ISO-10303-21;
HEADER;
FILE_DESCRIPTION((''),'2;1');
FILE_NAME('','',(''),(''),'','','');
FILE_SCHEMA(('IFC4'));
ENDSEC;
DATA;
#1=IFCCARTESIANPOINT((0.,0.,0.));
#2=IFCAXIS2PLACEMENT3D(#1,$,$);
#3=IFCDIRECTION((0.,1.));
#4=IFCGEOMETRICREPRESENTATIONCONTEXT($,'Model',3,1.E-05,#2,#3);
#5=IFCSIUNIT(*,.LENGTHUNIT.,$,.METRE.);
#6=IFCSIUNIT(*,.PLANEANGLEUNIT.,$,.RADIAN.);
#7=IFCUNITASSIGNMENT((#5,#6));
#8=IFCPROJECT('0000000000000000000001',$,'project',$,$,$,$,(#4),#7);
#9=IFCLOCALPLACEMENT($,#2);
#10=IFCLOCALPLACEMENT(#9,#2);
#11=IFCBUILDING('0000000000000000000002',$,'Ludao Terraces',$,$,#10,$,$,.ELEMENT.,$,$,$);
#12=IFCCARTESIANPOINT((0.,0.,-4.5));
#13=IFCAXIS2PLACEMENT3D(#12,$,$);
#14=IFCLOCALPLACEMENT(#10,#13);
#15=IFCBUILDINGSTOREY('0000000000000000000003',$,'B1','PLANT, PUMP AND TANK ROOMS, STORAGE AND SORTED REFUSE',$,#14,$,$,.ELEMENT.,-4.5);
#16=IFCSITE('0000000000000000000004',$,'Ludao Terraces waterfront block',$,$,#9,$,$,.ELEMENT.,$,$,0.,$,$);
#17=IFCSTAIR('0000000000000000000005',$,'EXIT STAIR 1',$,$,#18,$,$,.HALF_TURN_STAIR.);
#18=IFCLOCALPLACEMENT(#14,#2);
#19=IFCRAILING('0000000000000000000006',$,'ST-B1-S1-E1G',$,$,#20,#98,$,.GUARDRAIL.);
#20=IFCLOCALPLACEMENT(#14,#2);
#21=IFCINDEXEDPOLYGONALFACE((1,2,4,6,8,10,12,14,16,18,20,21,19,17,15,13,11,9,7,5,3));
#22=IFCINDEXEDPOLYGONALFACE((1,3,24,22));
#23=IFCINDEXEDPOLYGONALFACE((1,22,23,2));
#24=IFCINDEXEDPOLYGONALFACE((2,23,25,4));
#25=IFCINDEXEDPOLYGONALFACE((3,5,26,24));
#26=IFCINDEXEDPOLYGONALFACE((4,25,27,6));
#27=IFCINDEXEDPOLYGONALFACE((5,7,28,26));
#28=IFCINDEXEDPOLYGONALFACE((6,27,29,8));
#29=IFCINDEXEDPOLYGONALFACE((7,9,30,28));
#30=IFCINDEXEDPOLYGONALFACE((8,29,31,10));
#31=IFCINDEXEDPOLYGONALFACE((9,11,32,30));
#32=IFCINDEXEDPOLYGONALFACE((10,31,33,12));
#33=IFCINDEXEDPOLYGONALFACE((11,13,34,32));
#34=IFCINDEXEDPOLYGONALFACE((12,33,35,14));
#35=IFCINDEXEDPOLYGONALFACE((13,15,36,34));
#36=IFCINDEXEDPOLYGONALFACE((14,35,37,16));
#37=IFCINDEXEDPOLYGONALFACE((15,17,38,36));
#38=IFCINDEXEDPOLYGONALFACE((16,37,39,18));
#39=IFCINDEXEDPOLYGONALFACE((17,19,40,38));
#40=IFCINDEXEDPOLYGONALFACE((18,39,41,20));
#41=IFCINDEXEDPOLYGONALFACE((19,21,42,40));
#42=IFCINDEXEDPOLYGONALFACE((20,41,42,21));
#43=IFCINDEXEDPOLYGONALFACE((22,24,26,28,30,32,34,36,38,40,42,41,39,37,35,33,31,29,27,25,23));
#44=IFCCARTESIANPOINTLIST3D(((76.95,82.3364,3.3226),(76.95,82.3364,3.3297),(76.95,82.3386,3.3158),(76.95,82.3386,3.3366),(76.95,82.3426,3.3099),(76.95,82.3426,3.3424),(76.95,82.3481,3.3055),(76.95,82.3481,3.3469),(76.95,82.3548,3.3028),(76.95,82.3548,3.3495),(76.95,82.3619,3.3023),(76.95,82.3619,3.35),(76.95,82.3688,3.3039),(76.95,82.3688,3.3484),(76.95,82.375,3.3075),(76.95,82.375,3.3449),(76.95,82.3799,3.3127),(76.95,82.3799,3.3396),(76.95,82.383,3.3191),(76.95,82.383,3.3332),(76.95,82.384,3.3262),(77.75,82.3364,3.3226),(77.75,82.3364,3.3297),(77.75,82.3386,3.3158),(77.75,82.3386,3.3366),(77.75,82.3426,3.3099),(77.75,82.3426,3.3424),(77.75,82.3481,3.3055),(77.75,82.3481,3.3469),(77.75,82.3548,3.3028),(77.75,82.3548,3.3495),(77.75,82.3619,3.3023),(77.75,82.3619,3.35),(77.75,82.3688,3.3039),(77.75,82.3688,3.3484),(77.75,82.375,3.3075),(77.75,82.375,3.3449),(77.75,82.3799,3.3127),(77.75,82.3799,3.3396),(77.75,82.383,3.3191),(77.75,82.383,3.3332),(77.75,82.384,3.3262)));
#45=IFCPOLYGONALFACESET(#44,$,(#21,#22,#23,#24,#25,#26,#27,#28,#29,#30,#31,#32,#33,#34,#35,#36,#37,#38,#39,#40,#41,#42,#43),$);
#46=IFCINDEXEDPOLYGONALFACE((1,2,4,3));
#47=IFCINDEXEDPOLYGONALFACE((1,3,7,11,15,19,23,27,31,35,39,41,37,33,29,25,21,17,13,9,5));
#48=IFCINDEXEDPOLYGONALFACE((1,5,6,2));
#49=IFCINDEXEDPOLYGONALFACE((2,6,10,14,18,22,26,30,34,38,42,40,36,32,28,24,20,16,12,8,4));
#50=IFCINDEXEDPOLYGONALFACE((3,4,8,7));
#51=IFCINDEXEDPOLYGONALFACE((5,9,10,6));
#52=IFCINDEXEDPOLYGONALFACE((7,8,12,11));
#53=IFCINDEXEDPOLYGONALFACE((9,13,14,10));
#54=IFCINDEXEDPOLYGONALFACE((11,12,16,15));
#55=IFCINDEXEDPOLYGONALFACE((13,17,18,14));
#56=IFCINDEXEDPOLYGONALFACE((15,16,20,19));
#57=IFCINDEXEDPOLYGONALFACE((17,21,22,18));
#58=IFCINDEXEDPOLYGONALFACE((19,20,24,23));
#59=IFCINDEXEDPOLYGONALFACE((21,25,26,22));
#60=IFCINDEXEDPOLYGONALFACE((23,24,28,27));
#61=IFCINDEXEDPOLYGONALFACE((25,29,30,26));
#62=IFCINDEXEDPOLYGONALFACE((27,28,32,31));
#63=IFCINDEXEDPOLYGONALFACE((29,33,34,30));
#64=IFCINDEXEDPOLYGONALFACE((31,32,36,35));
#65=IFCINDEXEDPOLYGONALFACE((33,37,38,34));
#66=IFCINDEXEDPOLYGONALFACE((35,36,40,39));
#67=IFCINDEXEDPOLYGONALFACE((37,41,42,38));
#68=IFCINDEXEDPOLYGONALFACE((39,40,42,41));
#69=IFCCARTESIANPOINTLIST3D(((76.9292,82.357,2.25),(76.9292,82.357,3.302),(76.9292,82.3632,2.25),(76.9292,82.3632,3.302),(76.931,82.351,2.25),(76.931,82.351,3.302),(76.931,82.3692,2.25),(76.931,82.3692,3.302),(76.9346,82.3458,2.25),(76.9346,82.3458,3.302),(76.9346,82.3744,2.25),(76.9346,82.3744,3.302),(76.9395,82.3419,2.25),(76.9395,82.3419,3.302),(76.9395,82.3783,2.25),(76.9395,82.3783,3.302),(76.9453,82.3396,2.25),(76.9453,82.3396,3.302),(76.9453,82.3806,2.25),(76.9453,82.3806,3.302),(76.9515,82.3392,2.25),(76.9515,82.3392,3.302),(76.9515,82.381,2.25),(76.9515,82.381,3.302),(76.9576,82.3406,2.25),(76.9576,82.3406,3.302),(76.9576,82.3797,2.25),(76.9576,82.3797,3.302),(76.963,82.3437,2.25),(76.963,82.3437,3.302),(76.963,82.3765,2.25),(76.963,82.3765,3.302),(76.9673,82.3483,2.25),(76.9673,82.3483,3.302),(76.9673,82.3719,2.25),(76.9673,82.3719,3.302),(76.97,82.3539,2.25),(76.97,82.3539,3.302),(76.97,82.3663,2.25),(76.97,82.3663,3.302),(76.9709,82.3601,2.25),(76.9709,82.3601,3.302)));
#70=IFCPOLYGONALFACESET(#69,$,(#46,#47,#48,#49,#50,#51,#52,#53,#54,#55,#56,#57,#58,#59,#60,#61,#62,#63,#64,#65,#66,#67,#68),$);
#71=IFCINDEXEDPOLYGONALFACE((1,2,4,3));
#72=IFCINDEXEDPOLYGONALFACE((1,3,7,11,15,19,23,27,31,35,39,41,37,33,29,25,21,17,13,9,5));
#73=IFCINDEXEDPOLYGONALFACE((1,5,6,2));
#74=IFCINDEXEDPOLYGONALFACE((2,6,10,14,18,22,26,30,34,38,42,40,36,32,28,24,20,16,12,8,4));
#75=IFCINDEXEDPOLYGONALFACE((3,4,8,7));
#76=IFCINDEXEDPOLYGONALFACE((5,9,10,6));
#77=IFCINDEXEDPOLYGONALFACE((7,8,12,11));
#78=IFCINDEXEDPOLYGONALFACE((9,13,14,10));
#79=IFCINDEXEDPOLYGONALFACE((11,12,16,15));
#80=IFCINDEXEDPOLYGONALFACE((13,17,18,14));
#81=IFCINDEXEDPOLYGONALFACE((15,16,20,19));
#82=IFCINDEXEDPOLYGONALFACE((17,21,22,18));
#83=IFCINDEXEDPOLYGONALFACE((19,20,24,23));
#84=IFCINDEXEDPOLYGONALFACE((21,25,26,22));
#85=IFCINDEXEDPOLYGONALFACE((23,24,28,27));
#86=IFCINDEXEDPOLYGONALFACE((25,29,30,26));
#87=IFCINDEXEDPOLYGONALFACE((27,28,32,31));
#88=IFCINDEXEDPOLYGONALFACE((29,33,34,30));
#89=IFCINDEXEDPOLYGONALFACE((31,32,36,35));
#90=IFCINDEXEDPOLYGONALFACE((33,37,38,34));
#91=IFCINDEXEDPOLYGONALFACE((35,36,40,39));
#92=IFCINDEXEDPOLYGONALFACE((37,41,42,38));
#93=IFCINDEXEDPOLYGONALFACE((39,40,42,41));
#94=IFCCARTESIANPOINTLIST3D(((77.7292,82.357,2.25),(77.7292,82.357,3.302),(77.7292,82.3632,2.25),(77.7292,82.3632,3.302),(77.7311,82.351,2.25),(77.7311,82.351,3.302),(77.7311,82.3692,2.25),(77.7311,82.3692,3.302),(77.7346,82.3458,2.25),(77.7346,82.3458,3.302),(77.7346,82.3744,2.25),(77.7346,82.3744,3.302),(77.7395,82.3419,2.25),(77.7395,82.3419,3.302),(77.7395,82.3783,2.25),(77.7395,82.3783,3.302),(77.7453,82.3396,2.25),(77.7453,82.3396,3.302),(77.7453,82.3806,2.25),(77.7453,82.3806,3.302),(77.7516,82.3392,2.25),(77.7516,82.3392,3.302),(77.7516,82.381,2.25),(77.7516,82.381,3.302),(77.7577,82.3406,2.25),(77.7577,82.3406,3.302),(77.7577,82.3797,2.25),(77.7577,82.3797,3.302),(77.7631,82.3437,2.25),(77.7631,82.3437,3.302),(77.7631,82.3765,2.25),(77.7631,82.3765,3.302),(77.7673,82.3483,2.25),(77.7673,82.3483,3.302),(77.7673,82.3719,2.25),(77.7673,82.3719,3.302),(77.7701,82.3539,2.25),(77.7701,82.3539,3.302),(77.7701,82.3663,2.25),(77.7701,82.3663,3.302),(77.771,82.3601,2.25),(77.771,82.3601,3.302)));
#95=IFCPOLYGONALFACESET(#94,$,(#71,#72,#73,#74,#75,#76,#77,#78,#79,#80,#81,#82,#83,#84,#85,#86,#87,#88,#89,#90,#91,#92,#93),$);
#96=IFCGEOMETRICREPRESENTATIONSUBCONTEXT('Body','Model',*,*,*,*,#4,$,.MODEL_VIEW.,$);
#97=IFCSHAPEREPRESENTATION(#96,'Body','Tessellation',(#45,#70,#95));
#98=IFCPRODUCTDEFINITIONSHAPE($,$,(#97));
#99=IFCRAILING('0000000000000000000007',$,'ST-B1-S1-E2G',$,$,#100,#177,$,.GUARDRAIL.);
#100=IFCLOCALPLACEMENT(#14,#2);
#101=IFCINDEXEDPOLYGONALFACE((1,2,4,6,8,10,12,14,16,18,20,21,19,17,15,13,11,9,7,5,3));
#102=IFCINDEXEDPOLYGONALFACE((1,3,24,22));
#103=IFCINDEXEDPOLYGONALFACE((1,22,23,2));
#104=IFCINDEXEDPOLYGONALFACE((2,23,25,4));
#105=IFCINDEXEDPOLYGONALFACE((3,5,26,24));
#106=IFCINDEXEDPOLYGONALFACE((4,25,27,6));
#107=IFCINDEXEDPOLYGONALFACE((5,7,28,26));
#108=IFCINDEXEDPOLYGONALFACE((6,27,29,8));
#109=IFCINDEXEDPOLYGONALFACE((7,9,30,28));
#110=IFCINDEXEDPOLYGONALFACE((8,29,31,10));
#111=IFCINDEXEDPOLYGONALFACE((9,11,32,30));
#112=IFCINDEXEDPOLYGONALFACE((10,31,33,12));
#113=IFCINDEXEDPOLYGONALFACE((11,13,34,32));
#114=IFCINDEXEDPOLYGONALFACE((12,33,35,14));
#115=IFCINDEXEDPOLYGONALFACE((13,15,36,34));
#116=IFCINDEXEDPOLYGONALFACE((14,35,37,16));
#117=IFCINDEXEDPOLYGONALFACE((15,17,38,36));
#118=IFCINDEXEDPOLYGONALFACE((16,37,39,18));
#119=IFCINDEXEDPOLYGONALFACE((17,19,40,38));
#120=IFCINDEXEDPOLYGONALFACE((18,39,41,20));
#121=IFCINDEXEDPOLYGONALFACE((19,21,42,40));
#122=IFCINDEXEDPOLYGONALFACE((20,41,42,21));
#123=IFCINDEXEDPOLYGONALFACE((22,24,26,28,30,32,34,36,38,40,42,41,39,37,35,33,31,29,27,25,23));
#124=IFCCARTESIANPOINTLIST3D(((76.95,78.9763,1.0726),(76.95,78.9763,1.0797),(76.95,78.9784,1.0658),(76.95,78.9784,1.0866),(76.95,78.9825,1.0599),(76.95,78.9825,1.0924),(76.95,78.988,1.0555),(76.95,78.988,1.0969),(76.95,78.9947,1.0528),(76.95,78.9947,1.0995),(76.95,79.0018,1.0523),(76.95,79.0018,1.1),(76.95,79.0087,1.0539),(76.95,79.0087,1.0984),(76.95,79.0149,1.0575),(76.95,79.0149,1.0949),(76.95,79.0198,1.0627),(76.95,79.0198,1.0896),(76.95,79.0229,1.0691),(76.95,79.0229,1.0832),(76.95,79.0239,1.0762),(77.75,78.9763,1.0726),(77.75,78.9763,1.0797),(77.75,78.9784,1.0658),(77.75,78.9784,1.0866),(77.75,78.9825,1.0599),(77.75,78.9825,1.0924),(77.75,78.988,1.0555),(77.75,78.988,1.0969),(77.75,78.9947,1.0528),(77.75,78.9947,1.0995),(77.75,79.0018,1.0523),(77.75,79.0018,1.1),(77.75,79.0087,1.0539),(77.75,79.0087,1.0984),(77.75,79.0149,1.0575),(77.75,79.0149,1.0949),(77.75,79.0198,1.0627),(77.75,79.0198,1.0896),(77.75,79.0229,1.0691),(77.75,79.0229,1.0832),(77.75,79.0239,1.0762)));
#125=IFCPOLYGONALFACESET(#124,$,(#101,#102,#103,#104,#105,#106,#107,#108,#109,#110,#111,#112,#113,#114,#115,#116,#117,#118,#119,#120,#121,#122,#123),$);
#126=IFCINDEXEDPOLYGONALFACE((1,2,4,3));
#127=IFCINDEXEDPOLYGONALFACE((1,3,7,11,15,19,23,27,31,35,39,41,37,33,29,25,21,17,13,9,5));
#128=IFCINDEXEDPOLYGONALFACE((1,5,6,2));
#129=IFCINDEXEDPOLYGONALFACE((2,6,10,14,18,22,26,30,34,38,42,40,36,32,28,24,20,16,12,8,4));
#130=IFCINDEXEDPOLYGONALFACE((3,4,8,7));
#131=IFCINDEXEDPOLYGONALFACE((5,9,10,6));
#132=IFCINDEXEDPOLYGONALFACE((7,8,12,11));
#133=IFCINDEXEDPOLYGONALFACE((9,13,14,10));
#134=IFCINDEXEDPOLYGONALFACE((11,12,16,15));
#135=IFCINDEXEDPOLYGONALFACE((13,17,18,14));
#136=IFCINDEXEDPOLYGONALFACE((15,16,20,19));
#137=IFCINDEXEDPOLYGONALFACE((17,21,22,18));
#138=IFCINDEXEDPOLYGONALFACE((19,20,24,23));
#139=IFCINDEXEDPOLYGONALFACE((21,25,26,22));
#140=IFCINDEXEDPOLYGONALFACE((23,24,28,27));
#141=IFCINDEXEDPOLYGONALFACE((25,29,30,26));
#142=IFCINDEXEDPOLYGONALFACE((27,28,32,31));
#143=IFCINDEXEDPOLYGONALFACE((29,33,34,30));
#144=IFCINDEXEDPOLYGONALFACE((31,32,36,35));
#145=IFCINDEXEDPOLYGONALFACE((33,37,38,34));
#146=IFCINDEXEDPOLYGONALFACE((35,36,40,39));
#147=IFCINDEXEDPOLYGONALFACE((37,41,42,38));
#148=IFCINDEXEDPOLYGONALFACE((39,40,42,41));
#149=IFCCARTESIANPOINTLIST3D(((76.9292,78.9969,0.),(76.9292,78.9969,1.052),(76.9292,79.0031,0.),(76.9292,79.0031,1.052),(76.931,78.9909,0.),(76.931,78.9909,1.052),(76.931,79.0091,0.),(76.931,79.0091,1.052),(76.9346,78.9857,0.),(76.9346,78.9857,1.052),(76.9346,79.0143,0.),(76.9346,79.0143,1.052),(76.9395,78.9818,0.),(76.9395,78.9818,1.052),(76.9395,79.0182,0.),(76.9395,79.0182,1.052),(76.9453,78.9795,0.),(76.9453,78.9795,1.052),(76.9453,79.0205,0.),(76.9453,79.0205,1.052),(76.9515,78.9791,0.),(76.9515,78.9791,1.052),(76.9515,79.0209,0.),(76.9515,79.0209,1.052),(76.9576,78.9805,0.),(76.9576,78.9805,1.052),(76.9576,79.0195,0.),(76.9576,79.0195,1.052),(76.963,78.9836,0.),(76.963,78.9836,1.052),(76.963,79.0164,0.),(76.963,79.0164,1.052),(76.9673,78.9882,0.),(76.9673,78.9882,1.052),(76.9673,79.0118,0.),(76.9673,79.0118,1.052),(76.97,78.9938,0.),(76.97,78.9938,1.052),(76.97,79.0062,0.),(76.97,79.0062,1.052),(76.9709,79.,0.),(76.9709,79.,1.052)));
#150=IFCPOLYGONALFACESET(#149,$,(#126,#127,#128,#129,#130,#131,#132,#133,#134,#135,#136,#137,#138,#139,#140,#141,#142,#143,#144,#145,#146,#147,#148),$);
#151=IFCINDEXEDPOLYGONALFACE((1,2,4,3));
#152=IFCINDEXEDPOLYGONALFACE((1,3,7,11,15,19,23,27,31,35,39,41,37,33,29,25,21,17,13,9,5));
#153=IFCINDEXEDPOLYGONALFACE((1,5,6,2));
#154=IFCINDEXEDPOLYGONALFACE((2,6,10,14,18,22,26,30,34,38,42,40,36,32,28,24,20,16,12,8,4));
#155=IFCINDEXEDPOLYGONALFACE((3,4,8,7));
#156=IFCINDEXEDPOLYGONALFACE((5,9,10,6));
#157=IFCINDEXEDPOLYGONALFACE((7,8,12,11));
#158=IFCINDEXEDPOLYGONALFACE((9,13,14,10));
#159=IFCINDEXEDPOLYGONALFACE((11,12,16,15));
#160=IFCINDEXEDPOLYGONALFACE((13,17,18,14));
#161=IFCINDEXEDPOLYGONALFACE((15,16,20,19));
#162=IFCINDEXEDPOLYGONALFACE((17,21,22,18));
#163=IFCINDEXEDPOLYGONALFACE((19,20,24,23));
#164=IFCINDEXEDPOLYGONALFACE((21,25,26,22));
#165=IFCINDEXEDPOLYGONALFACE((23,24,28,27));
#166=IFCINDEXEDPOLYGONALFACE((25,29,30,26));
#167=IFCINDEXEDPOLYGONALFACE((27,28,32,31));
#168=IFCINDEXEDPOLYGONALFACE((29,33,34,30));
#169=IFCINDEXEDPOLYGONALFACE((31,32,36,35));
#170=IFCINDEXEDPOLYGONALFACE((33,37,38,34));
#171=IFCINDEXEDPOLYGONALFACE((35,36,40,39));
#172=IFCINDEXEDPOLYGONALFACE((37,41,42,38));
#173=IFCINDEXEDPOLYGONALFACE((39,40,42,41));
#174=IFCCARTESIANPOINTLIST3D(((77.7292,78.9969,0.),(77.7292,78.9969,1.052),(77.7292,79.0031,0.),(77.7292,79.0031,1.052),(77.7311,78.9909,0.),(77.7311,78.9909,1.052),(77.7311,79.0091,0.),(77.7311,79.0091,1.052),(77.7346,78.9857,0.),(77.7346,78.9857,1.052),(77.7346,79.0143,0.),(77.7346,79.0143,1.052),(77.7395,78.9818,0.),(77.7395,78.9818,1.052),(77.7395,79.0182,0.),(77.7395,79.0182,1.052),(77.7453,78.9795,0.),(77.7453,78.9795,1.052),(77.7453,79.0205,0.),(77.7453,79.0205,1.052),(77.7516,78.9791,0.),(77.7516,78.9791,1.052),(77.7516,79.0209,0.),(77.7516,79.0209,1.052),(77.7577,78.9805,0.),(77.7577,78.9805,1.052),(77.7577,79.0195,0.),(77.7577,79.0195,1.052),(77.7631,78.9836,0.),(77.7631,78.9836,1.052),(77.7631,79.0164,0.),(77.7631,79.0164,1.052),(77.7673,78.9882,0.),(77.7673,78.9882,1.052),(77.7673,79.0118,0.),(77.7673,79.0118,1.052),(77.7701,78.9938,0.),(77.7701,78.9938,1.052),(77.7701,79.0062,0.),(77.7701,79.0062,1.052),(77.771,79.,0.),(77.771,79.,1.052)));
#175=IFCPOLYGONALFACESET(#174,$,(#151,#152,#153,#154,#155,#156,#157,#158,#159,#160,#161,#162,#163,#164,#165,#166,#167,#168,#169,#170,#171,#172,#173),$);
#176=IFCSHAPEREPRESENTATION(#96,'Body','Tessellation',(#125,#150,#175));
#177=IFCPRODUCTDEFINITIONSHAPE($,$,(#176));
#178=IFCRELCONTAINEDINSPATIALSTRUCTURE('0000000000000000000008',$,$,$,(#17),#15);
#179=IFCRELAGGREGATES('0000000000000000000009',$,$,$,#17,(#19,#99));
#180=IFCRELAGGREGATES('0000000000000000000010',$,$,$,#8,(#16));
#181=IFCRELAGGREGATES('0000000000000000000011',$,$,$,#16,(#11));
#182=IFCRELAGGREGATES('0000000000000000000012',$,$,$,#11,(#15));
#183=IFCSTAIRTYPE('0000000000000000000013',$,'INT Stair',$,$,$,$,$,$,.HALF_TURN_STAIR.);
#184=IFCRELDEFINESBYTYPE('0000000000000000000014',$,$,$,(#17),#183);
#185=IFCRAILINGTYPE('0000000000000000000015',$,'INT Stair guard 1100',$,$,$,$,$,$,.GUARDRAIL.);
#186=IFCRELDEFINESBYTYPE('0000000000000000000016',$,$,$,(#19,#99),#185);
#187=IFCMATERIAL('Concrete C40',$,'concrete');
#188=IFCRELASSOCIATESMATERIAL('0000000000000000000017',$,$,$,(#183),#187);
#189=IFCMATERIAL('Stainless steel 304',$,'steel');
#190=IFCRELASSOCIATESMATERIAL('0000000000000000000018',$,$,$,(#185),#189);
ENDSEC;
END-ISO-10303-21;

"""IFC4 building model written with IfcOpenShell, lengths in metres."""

from ifc_helpers import new_model, si_unit, direction, frame, origin, origin_2d, place, context, subcontext, project, spatial, circle, extrude, material, type_object, element, aggregate, save


model = new_model("IFC4")

# Units and contexts
model_context = context("Model", 3, precision=1e-05, world=origin(), true_north=direction((0.0, 1.0)))
body_context = subcontext(model_context, "Body", "Model", "MODEL_VIEW")
ifc_project = project(units=[si_unit("LENGTHUNIT", "METRE"), si_unit("PLANEANGLEUNIT", "RADIAN")], contexts=[model_context])

# Site, building, storey
site_placement = place(None, origin())
site = spatial("IfcSite", under=ifc_project, at=site_placement, Name="Ludao Terraces waterfront block", CompositionType="ELEMENT", RefElevation=0.0)
building_placement = place(site_placement, origin())
building = spatial("IfcBuilding", under=site, at=building_placement, Name="Ludao Terraces", CompositionType="ELEMENT")
storey_placement = place(building_placement, frame((0.0, 0.0, -4.5)))
storey = spatial("IfcBuildingStorey", under=building, at=storey_placement, Name="B1", Description="PLANT, PUMP AND TANK ROOMS, STORAGE AND SORTED REFUSE", CompositionType="ELEMENT", Elevation=-4.5)

# Shared definitions
ifc_material_1 = material(Name="Stainless steel 304", Category="steel")

# Stair, railings
ifc_material_2 = material(Name="Concrete C40", Category="concrete")
stair_type = type_object("IfcStairType", Name="INT Stair", PredefinedType="HALF_TURN_STAIR", material=ifc_material_2)
stair_placement = place(storey_placement, origin())
stair = element("IfcStair", 1, at=stair_placement, inside=storey, type_object=stair_type, Name="EXIT STAIR 1", PredefinedType="HALF_TURN_STAIR")
railing_type_1 = type_object("IfcRailingType", Name="INT Stair guard 1100", PredefinedType="GUARDRAIL", material=ifc_material_1)
railing_1_placement = place(storey_placement, frame((76.95, 82.3601, 2.25)))
railing_1 = element("IfcRailing", 2, at=railing_1_placement, type_object=railing_type_1, Name="ST-B1-S1-E1G", PredefinedType="GUARDRAIL", context=body_context, shape_type="SweptSolid", body=[
    extrude(circle(Radius=0.0239, at=origin_2d()), frame((0.0, 0.0, 1.0762), z_axis=(1.0, 0.0, 0.0), x_axis=(0.0, 1.0, 0.0)), (0.0, 0.0, 1.0), 0.8),
    extrude(circle(Radius=0.021, at=origin_2d()), origin(), (0.0, 0.0, 1.0), 1.052),
    extrude(circle(Radius=0.021, at=origin_2d()), frame((0.8, 0.0, 0.0)), (0.0, 0.0, 1.0), 1.052),
])
railing_2_placement = place(storey_placement, frame((76.95, 79.0, 0.0)))
railing_2 = element("IfcRailing", 3, at=railing_2_placement, type_object=railing_type_1, Name="ST-B1-S1-E2G", PredefinedType="GUARDRAIL", context=body_context, shape_type="SweptSolid", body=[
    extrude(circle(Radius=0.0239, at=origin_2d()), frame((0.0, 0.0, 1.0762), z_axis=(1.0, 0.0, 0.0), x_axis=(0.0, 1.0, 0.0)), (0.0, 0.0, 1.0), 0.8),
    extrude(circle(Radius=0.021, at=origin_2d()), origin(), (0.0, 0.0, 1.0), 1.052),
    extrude(circle(Radius=0.021, at=origin_2d()), frame((0.8, 0.0, 0.0)), (0.0, 0.0, 1.0), 1.052),
])
aggregate(stair, [railing_1, railing_2])

save(model, "model.ifc")
